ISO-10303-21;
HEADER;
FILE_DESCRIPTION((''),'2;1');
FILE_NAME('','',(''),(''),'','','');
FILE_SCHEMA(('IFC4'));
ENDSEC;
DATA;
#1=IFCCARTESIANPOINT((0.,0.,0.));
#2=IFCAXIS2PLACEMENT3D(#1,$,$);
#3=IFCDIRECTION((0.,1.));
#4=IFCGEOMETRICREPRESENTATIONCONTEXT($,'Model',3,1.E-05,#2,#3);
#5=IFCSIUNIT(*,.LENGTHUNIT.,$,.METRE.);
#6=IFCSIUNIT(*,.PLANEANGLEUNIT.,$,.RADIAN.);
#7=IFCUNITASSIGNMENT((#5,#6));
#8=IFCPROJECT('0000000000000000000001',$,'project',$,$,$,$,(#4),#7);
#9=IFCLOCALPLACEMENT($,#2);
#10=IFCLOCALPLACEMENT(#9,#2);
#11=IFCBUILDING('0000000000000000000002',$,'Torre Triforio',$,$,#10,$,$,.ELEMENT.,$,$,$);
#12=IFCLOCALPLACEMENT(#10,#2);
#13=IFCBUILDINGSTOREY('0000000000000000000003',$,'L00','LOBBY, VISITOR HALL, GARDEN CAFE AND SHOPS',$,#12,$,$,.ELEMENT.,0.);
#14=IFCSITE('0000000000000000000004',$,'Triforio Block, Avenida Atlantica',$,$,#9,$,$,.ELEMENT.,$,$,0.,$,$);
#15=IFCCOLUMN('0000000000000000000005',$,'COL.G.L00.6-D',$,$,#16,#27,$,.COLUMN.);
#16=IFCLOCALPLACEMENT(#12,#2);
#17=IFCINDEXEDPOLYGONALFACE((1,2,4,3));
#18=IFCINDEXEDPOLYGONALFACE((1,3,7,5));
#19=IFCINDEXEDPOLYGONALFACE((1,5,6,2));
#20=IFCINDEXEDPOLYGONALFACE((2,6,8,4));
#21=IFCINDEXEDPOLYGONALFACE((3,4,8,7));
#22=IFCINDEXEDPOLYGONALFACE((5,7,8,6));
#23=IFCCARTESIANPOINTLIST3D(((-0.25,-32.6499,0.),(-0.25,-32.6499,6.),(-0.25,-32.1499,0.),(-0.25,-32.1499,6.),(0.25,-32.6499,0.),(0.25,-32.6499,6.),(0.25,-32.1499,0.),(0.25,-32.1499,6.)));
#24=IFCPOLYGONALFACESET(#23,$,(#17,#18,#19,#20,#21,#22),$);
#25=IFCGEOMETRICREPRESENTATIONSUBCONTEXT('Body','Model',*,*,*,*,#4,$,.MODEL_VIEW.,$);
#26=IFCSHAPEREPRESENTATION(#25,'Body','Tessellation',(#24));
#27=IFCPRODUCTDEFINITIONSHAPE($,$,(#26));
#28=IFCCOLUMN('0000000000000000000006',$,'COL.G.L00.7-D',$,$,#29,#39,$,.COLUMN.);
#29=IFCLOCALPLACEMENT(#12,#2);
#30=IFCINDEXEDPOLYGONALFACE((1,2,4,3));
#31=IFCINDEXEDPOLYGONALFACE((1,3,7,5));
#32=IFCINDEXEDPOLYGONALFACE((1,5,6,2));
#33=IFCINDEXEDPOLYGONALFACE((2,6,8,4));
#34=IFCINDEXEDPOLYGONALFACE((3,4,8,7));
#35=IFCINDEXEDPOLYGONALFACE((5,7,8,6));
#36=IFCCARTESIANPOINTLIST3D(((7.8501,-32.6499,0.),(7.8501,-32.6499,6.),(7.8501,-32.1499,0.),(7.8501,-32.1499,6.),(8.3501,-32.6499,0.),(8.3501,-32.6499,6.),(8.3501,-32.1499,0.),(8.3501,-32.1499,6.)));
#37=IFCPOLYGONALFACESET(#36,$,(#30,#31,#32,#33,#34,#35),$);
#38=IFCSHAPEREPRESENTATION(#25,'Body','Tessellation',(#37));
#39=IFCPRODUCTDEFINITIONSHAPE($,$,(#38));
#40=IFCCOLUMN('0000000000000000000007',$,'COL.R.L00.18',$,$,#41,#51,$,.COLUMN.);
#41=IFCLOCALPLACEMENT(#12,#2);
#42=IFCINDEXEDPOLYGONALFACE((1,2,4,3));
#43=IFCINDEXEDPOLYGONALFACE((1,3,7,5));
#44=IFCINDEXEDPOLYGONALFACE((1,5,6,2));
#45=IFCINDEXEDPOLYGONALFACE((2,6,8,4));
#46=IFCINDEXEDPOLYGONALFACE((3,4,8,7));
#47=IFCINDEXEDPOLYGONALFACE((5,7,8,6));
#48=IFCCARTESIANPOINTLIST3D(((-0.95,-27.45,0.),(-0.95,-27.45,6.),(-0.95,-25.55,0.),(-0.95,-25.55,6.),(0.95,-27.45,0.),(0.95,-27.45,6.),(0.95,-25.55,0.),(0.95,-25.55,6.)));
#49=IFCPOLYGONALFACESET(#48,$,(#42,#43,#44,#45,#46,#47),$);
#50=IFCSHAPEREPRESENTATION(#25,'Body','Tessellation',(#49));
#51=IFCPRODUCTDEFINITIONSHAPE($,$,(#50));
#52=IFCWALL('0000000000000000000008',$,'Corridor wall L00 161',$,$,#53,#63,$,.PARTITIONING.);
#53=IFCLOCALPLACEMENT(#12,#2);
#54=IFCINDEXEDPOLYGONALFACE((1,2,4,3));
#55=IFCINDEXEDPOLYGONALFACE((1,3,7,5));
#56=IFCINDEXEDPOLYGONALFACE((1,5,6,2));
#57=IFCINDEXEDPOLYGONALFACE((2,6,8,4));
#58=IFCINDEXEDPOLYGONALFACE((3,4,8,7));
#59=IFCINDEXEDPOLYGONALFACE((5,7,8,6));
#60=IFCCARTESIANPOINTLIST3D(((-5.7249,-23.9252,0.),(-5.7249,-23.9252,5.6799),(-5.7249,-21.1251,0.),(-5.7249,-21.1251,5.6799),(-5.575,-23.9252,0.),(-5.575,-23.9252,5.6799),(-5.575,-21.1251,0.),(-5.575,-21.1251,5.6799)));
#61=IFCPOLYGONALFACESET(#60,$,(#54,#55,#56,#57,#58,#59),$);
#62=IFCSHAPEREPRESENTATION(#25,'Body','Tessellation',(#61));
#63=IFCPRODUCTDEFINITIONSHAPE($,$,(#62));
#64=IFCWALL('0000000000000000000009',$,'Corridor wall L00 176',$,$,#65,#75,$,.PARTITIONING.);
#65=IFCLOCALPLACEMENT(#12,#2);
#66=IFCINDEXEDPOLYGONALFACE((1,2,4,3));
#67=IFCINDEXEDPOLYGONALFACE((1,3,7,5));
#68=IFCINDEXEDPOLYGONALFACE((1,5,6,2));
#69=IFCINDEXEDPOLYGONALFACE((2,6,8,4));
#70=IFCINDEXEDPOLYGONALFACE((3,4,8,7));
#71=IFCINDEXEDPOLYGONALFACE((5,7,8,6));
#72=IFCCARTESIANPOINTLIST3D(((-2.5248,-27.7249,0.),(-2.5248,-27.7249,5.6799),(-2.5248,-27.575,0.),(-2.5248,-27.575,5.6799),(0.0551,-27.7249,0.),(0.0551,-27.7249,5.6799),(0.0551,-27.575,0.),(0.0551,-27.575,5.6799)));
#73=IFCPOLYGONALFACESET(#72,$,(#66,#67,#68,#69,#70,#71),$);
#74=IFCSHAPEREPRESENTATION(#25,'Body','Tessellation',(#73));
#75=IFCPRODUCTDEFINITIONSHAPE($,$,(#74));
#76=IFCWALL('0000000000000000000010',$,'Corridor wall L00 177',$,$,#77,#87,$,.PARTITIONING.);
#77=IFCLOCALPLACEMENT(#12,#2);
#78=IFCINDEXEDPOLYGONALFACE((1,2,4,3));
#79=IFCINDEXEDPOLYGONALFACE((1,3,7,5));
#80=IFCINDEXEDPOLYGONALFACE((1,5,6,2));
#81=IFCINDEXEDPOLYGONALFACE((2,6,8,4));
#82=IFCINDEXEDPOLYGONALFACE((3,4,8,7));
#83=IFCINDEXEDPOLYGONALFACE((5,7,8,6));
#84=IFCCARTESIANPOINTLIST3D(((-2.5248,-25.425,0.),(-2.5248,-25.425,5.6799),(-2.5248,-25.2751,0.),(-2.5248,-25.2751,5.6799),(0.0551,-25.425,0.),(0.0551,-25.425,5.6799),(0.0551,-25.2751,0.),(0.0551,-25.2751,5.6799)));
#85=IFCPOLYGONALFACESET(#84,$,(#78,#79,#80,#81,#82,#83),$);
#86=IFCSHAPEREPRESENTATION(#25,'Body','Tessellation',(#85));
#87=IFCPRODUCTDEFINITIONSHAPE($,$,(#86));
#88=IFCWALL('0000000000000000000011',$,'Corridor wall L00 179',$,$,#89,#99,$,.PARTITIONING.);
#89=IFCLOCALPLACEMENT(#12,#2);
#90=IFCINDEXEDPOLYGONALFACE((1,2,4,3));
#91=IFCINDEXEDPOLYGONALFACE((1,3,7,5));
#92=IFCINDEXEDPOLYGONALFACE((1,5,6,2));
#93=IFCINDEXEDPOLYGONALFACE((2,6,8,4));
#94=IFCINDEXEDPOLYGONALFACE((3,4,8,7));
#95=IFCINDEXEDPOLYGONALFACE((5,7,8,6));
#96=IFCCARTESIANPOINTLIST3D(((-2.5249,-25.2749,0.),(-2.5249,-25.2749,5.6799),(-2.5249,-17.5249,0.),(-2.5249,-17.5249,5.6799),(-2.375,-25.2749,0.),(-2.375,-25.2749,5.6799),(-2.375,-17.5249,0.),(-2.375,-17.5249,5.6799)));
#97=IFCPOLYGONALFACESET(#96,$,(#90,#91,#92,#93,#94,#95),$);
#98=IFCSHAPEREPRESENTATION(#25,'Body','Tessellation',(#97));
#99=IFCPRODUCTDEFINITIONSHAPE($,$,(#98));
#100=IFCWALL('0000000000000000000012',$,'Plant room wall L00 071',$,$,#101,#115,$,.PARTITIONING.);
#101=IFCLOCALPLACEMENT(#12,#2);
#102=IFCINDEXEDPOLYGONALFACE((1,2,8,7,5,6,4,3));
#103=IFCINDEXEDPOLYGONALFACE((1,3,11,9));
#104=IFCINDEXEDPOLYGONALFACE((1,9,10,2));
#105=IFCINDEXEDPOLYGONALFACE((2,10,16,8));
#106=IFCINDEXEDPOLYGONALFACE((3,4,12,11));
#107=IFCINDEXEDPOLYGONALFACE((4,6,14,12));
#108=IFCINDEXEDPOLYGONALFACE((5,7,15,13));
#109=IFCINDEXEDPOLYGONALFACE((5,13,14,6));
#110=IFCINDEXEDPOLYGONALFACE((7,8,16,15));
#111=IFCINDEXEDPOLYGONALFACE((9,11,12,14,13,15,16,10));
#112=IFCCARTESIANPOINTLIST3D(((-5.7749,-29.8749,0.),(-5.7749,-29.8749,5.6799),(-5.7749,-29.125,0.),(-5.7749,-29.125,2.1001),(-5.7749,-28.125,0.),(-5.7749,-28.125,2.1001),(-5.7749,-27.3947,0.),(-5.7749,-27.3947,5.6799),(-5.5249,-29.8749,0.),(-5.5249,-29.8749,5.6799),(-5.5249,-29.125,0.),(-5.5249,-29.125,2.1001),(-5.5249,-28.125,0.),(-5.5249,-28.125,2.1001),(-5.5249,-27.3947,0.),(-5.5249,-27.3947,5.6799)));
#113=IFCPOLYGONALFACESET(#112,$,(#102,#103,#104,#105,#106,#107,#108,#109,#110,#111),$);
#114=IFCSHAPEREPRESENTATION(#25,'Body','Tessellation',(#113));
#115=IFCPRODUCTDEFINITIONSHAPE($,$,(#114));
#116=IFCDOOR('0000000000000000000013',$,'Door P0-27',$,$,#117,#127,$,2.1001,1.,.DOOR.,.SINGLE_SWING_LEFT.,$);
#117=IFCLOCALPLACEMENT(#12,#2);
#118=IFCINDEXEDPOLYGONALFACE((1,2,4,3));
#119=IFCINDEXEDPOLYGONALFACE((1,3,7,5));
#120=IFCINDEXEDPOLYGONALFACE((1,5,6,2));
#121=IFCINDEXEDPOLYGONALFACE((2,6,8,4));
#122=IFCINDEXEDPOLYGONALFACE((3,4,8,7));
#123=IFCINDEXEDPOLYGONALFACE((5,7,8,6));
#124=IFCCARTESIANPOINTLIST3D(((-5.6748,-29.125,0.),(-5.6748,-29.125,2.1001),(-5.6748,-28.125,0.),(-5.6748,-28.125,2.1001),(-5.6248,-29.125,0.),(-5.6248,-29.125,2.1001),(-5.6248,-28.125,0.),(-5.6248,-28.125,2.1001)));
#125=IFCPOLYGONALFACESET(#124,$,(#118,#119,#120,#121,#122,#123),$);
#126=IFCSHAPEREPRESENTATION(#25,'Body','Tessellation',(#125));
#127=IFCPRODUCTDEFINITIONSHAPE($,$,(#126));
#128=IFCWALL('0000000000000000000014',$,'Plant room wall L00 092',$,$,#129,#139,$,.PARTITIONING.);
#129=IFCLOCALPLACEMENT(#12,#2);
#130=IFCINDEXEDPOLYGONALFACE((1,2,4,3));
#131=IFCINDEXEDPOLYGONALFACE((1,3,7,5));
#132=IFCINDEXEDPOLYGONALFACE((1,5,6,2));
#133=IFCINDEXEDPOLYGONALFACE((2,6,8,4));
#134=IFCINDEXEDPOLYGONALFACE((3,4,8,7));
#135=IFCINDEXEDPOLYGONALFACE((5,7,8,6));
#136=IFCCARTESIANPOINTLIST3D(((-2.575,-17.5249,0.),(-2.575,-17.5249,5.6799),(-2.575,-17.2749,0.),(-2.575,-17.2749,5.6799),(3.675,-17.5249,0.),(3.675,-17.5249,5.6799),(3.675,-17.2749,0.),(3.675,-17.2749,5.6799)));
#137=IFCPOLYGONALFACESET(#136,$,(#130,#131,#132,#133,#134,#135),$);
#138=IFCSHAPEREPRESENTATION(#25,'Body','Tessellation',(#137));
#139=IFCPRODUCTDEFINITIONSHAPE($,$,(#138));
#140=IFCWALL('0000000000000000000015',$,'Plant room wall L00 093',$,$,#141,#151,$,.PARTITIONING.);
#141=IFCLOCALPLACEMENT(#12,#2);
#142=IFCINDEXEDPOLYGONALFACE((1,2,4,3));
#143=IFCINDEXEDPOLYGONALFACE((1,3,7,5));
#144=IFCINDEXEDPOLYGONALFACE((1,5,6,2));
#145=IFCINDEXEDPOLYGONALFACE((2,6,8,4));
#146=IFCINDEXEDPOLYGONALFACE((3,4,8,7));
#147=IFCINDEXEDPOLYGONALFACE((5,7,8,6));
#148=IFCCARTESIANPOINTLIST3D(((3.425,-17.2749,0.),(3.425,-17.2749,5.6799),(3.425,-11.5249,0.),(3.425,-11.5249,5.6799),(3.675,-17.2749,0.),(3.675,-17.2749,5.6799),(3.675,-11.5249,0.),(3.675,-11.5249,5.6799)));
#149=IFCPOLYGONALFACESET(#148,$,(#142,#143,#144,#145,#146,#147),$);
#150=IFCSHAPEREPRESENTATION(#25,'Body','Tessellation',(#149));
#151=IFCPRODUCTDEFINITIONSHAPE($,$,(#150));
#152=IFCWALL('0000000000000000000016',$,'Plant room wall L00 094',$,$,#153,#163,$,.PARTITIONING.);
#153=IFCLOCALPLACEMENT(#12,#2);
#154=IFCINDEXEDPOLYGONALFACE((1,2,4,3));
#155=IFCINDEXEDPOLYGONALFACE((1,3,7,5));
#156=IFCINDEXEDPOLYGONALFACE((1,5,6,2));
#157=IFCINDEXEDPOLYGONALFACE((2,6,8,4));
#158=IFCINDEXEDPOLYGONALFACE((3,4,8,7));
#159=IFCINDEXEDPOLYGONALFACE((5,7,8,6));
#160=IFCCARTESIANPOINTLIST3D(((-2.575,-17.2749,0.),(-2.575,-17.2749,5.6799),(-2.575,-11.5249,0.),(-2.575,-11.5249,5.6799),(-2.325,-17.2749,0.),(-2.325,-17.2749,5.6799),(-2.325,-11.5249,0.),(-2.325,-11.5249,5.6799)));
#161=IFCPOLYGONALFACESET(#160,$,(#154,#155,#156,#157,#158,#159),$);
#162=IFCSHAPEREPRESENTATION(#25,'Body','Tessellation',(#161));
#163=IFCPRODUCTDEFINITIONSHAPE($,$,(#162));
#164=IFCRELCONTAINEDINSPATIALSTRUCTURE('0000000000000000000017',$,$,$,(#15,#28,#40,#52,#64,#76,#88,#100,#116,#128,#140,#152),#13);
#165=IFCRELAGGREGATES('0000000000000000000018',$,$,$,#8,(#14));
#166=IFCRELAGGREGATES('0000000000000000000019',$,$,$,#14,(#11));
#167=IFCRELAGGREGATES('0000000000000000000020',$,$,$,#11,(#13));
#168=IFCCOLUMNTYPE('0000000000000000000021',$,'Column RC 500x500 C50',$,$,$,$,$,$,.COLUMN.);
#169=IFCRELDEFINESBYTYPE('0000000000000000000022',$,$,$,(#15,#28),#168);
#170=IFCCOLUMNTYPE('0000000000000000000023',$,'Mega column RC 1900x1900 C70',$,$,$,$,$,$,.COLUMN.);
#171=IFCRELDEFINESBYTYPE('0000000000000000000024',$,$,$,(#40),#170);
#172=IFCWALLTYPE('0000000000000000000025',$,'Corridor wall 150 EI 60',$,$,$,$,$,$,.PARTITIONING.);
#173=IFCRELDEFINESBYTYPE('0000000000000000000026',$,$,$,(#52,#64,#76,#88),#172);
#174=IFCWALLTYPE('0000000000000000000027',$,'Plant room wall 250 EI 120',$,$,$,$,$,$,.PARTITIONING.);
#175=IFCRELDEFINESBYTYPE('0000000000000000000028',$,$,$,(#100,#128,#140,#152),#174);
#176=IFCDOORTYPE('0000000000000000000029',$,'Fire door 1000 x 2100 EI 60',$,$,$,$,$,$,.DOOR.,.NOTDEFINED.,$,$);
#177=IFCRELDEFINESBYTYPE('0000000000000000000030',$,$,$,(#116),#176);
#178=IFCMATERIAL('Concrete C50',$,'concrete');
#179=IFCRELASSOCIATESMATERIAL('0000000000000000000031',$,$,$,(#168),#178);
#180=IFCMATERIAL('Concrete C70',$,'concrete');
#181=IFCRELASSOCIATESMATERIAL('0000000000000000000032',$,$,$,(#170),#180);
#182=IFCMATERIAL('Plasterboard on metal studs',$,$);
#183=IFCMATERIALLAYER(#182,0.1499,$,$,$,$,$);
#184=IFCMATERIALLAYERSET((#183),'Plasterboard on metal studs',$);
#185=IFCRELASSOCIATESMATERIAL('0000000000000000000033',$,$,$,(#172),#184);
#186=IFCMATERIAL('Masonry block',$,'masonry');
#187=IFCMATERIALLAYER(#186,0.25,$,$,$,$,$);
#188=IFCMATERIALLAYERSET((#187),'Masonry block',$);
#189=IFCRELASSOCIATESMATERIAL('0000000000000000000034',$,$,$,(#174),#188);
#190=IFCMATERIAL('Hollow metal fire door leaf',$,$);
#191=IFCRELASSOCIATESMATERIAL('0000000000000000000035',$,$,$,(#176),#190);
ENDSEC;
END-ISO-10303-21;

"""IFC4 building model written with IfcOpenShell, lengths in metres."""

from ifc_helpers import new_model, si_unit, direction, frame, frame_2d, origin, origin_2d, place, context, subcontext, project, spatial, rectangle, extrude, material, layer, layer_set, material_profile, profile_set, type_object, element, fill, save


model = new_model("IFC4")

# Units and contexts
model_context = context("Model", 3, precision=1e-05, world=origin(), true_north=direction((0.0, 1.0)))
body_context = subcontext(model_context, "Body", "Model", "MODEL_VIEW")
ifc_project = project(units=[si_unit("LENGTHUNIT", "METRE"), si_unit("PLANEANGLEUNIT", "RADIAN")], contexts=[model_context])

# Site, building, storey
site_placement = place(None, origin())
site = spatial("IfcSite", under=ifc_project, at=site_placement, Name="Triforio Block, Avenida Atlantica", CompositionType="ELEMENT", RefElevation=0.0)
building_placement = place(site_placement, origin())
building = spatial("IfcBuilding", under=site, at=building_placement, Name="Torre Triforio", CompositionType="ELEMENT")
storey_placement = place(building_placement, origin())
storey = spatial("IfcBuildingStorey", under=building, at=storey_placement, Name="L00", Description="LOBBY, VISITOR HALL, GARDEN CAFE AND SHOPS", CompositionType="ELEMENT", Elevation=0.0)

# Columns
ifc_material_1 = material(Name="Concrete C50", Category="concrete")
ifc_material_profile_1 = material_profile(ifc_material_1, rectangle(XDim=0.5, YDim=0.5, at=origin_2d()), Name="RC 500x500")
ifc_profile_set_1 = profile_set([ifc_material_profile_1], Name="Concrete C50")
column_type_1 = type_object("IfcColumnType", Name="Column RC 500x500 C50", PredefinedType="COLUMN", material=ifc_profile_set_1)
for number, where, z_axis, x_axis, name in (
    (1, (0.0, -32.3999, 0.0), (0.0, 0.0, 1.0), (1.0, 0.0, 0.0), "COL.G.L00.6-D"),
    (2, (8.1001, -32.3999, 0.0), (0.0, 0.0, 1.0), (1.0, 0.0, 0.0), "COL.G.L00.7-D"),
):
    element("IfcColumn", number, at=place(storey_placement, frame(where, z_axis=z_axis, x_axis=x_axis)), inside=storey, type_object=column_type_1, Name=name, PredefinedType="COLUMN", context=body_context, shape_type="SweptSolid", body=[
        extrude(rectangle(XDim=0.5, YDim=0.5, at=origin_2d()), origin(), (0.0, 0.0, 1.0), 6.0),
    ])
ifc_material_2 = material(Name="Concrete C70", Category="concrete")
ifc_material_profile_2 = material_profile(ifc_material_2, rectangle(XDim=1.8999, YDim=1.8999, at=origin_2d()), Name="RC 1900x1900")
ifc_profile_set_2 = profile_set([ifc_material_profile_2], Name="Concrete C70")
column_type_2 = type_object("IfcColumnType", Name="Mega column RC 1900x1900 C70", PredefinedType="COLUMN", material=ifc_profile_set_2)
column_placement = place(storey_placement, frame((0.0, -26.5, 0.0), z_axis=(0.0, 0.0, 1.0), x_axis=(1.0, 0.0, 0.0)))
element("IfcColumn", 3, at=column_placement, inside=storey, type_object=column_type_2, Name="COL.R.L00.18", PredefinedType="COLUMN", context=body_context, shape_type="SweptSolid", body=[
    extrude(rectangle(XDim=1.8999, YDim=1.8999, at=origin_2d()), origin(), (0.0, 0.0, 1.0), 6.0),
])

# Walls
ifc_material_3 = material(Name="Plasterboard on metal studs")
ifc_layer_1 = layer(ifc_material_3, 0.1499)
ifc_layer_set_1 = layer_set([ifc_layer_1], Name="Plasterboard on metal studs")
wall_type_1 = type_object("IfcWallType", Name="Corridor wall 150 EI 60", PredefinedType="PARTITIONING", material=ifc_layer_set_1)
wall_1_placement = place(storey_placement, frame((-5.6499, -23.925, 0.0), z_axis=(0.0, 0.0, 1.0), x_axis=(0.0, 1.0, 0.0)))
element("IfcWall", 4, at=wall_1_placement, inside=storey, type_object=wall_type_1, Name="Corridor wall L00 161", PredefinedType="PARTITIONING", context=body_context, shape_type="SweptSolid", body=[
    extrude(rectangle(XDim=2.8, YDim=0.1499, at=frame_2d((1.3999, 0.0))), origin(), (0.0, 0.0, 1.0), 5.6799),
])
for number, where, z_axis, x_axis, name in (
    (5, (-2.5249, -27.6499, 0.0), (0.0, 0.0, 1.0), (1.0, 0.0, 0.0), "Corridor wall L00 176"),
    (6, (-2.5249, -25.3501, 0.0), (0.0, 0.0, 1.0), (1.0, 0.0, 0.0), "Corridor wall L00 177"),
):
    element("IfcWall", number, at=place(storey_placement, frame(where, z_axis=z_axis, x_axis=x_axis)), inside=storey, type_object=wall_type_1, Name=name, PredefinedType="PARTITIONING", context=body_context, shape_type="SweptSolid", body=[
        extrude(rectangle(XDim=2.5798, YDim=0.1499, at=frame_2d((1.29, 0.0))), origin(), (0.0, 0.0, 1.0), 5.6799),
    ])
wall_2_placement = place(storey_placement, frame((-2.45, -25.2749, 0.0), z_axis=(0.0, 0.0, 1.0), x_axis=(0.0, 1.0, 0.0)))
element("IfcWall", 7, at=wall_2_placement, inside=storey, type_object=wall_type_1, Name="Corridor wall L00 179", PredefinedType="PARTITIONING", context=body_context, shape_type="SweptSolid", body=[
    extrude(rectangle(XDim=7.75, YDim=0.1499, at=frame_2d((3.875, 0.0))), origin(), (0.0, 0.0, 1.0), 5.6799),
])

# Wall, opening, door
ifc_material_4 = material(Name="Masonry block", Category="masonry")
ifc_layer_2 = layer(ifc_material_4, 0.25)
ifc_layer_set_2 = layer_set([ifc_layer_2], Name="Masonry block")
wall_type_2 = type_object("IfcWallType", Name="Plant room wall 250 EI 120", PredefinedType="PARTITIONING", material=ifc_layer_set_2)
wall_3_placement = place(storey_placement, frame((-5.6499, -29.875, 0.0), z_axis=(0.0, 0.0, 1.0), x_axis=(0.0, 1.0, 0.0)))
wall_3 = element("IfcWall", 8, at=wall_3_placement, inside=storey, type_object=wall_type_2, Name="Plant room wall L00 071", PredefinedType="PARTITIONING", context=body_context, shape_type="SweptSolid", body=[
    extrude(rectangle(XDim=2.4802, YDim=0.25, at=frame_2d((1.2402, 0.0))), origin(), (0.0, 0.0, 1.0), 5.6799),
])
opening_1_placement = place(wall_3_placement, frame((0.75, 0.0, 0.0)))
opening_1 = element("IfcOpeningElement", 9, at=opening_1_placement, cuts=wall_3, PredefinedType="OPENING", context=body_context, shape_type="SweptSolid", body=[
    extrude(rectangle(XDim=1.0, YDim=2.1001, at=frame_2d((0.5, 1.05))), frame((0.0, 0.135, 0.0), z_axis=(0.0, -1.0, 0.0), x_axis=(1.0, 0.0, 0.0)), (0.0, 0.0, 1.0), 0.27),
])
ifc_material_5 = material(Name="Hollow metal fire door leaf")
door_type_1 = type_object("IfcDoorType", Name="Fire door 1000 x 2100 EI 60", OperationType="NOTDEFINED", PredefinedType="DOOR", material=ifc_material_5)
door_1_placement = place(opening_1_placement, origin())
door_1 = element("IfcDoor", 10, at=door_1_placement, inside=storey, type_object=door_type_1, Name="Door P0-27", OperationType="SINGLE_SWING_LEFT", OverallHeight=2.1001, OverallWidth=1.0, PredefinedType="DOOR", context=body_context, shape_type="SweptSolid", body=[
    extrude(rectangle(XDim=1.0, YDim=2.1001, at=frame_2d((0.5, 1.05))), frame((0.0, 0.0249, 0.0), z_axis=(0.0, -1.0, 0.0), x_axis=(1.0, 0.0, 0.0)), (0.0, 0.0, 1.0), 0.05),
])
fill(opening_1, door_1)

# Walls
wall_4_placement = place(storey_placement, frame((-2.575, -17.3999, 0.0), z_axis=(0.0, 0.0, 1.0), x_axis=(1.0, 0.0, 0.0)))
element("IfcWall", 11, at=wall_4_placement, inside=storey, type_object=wall_type_2, Name="Plant room wall L00 092", PredefinedType="PARTITIONING", context=body_context, shape_type="SweptSolid", body=[
    extrude(rectangle(XDim=6.25, YDim=0.25, at=frame_2d((3.125, 0.0))), origin(), (0.0, 0.0, 1.0), 5.6799),
])
for number, where, z_axis, x_axis, name in (
    (12, (3.55, -17.2749, 0.0), (0.0, 0.0, 1.0), (0.0, 1.0, 0.0), "Plant room wall L00 093"),
    (13, (-2.45, -17.2749, 0.0), (0.0, 0.0, 1.0), (0.0, 1.0, 0.0), "Plant room wall L00 094"),
):
    element("IfcWall", number, at=place(storey_placement, frame(where, z_axis=z_axis, x_axis=x_axis)), inside=storey, type_object=wall_type_2, Name=name, PredefinedType="PARTITIONING", context=body_context, shape_type="SweptSolid", body=[
        extrude(rectangle(XDim=5.75, YDim=0.25, at=frame_2d((2.875, 0.0))), origin(), (0.0, 0.0, 1.0), 5.6799),
    ])

save(model, "model.ifc")
